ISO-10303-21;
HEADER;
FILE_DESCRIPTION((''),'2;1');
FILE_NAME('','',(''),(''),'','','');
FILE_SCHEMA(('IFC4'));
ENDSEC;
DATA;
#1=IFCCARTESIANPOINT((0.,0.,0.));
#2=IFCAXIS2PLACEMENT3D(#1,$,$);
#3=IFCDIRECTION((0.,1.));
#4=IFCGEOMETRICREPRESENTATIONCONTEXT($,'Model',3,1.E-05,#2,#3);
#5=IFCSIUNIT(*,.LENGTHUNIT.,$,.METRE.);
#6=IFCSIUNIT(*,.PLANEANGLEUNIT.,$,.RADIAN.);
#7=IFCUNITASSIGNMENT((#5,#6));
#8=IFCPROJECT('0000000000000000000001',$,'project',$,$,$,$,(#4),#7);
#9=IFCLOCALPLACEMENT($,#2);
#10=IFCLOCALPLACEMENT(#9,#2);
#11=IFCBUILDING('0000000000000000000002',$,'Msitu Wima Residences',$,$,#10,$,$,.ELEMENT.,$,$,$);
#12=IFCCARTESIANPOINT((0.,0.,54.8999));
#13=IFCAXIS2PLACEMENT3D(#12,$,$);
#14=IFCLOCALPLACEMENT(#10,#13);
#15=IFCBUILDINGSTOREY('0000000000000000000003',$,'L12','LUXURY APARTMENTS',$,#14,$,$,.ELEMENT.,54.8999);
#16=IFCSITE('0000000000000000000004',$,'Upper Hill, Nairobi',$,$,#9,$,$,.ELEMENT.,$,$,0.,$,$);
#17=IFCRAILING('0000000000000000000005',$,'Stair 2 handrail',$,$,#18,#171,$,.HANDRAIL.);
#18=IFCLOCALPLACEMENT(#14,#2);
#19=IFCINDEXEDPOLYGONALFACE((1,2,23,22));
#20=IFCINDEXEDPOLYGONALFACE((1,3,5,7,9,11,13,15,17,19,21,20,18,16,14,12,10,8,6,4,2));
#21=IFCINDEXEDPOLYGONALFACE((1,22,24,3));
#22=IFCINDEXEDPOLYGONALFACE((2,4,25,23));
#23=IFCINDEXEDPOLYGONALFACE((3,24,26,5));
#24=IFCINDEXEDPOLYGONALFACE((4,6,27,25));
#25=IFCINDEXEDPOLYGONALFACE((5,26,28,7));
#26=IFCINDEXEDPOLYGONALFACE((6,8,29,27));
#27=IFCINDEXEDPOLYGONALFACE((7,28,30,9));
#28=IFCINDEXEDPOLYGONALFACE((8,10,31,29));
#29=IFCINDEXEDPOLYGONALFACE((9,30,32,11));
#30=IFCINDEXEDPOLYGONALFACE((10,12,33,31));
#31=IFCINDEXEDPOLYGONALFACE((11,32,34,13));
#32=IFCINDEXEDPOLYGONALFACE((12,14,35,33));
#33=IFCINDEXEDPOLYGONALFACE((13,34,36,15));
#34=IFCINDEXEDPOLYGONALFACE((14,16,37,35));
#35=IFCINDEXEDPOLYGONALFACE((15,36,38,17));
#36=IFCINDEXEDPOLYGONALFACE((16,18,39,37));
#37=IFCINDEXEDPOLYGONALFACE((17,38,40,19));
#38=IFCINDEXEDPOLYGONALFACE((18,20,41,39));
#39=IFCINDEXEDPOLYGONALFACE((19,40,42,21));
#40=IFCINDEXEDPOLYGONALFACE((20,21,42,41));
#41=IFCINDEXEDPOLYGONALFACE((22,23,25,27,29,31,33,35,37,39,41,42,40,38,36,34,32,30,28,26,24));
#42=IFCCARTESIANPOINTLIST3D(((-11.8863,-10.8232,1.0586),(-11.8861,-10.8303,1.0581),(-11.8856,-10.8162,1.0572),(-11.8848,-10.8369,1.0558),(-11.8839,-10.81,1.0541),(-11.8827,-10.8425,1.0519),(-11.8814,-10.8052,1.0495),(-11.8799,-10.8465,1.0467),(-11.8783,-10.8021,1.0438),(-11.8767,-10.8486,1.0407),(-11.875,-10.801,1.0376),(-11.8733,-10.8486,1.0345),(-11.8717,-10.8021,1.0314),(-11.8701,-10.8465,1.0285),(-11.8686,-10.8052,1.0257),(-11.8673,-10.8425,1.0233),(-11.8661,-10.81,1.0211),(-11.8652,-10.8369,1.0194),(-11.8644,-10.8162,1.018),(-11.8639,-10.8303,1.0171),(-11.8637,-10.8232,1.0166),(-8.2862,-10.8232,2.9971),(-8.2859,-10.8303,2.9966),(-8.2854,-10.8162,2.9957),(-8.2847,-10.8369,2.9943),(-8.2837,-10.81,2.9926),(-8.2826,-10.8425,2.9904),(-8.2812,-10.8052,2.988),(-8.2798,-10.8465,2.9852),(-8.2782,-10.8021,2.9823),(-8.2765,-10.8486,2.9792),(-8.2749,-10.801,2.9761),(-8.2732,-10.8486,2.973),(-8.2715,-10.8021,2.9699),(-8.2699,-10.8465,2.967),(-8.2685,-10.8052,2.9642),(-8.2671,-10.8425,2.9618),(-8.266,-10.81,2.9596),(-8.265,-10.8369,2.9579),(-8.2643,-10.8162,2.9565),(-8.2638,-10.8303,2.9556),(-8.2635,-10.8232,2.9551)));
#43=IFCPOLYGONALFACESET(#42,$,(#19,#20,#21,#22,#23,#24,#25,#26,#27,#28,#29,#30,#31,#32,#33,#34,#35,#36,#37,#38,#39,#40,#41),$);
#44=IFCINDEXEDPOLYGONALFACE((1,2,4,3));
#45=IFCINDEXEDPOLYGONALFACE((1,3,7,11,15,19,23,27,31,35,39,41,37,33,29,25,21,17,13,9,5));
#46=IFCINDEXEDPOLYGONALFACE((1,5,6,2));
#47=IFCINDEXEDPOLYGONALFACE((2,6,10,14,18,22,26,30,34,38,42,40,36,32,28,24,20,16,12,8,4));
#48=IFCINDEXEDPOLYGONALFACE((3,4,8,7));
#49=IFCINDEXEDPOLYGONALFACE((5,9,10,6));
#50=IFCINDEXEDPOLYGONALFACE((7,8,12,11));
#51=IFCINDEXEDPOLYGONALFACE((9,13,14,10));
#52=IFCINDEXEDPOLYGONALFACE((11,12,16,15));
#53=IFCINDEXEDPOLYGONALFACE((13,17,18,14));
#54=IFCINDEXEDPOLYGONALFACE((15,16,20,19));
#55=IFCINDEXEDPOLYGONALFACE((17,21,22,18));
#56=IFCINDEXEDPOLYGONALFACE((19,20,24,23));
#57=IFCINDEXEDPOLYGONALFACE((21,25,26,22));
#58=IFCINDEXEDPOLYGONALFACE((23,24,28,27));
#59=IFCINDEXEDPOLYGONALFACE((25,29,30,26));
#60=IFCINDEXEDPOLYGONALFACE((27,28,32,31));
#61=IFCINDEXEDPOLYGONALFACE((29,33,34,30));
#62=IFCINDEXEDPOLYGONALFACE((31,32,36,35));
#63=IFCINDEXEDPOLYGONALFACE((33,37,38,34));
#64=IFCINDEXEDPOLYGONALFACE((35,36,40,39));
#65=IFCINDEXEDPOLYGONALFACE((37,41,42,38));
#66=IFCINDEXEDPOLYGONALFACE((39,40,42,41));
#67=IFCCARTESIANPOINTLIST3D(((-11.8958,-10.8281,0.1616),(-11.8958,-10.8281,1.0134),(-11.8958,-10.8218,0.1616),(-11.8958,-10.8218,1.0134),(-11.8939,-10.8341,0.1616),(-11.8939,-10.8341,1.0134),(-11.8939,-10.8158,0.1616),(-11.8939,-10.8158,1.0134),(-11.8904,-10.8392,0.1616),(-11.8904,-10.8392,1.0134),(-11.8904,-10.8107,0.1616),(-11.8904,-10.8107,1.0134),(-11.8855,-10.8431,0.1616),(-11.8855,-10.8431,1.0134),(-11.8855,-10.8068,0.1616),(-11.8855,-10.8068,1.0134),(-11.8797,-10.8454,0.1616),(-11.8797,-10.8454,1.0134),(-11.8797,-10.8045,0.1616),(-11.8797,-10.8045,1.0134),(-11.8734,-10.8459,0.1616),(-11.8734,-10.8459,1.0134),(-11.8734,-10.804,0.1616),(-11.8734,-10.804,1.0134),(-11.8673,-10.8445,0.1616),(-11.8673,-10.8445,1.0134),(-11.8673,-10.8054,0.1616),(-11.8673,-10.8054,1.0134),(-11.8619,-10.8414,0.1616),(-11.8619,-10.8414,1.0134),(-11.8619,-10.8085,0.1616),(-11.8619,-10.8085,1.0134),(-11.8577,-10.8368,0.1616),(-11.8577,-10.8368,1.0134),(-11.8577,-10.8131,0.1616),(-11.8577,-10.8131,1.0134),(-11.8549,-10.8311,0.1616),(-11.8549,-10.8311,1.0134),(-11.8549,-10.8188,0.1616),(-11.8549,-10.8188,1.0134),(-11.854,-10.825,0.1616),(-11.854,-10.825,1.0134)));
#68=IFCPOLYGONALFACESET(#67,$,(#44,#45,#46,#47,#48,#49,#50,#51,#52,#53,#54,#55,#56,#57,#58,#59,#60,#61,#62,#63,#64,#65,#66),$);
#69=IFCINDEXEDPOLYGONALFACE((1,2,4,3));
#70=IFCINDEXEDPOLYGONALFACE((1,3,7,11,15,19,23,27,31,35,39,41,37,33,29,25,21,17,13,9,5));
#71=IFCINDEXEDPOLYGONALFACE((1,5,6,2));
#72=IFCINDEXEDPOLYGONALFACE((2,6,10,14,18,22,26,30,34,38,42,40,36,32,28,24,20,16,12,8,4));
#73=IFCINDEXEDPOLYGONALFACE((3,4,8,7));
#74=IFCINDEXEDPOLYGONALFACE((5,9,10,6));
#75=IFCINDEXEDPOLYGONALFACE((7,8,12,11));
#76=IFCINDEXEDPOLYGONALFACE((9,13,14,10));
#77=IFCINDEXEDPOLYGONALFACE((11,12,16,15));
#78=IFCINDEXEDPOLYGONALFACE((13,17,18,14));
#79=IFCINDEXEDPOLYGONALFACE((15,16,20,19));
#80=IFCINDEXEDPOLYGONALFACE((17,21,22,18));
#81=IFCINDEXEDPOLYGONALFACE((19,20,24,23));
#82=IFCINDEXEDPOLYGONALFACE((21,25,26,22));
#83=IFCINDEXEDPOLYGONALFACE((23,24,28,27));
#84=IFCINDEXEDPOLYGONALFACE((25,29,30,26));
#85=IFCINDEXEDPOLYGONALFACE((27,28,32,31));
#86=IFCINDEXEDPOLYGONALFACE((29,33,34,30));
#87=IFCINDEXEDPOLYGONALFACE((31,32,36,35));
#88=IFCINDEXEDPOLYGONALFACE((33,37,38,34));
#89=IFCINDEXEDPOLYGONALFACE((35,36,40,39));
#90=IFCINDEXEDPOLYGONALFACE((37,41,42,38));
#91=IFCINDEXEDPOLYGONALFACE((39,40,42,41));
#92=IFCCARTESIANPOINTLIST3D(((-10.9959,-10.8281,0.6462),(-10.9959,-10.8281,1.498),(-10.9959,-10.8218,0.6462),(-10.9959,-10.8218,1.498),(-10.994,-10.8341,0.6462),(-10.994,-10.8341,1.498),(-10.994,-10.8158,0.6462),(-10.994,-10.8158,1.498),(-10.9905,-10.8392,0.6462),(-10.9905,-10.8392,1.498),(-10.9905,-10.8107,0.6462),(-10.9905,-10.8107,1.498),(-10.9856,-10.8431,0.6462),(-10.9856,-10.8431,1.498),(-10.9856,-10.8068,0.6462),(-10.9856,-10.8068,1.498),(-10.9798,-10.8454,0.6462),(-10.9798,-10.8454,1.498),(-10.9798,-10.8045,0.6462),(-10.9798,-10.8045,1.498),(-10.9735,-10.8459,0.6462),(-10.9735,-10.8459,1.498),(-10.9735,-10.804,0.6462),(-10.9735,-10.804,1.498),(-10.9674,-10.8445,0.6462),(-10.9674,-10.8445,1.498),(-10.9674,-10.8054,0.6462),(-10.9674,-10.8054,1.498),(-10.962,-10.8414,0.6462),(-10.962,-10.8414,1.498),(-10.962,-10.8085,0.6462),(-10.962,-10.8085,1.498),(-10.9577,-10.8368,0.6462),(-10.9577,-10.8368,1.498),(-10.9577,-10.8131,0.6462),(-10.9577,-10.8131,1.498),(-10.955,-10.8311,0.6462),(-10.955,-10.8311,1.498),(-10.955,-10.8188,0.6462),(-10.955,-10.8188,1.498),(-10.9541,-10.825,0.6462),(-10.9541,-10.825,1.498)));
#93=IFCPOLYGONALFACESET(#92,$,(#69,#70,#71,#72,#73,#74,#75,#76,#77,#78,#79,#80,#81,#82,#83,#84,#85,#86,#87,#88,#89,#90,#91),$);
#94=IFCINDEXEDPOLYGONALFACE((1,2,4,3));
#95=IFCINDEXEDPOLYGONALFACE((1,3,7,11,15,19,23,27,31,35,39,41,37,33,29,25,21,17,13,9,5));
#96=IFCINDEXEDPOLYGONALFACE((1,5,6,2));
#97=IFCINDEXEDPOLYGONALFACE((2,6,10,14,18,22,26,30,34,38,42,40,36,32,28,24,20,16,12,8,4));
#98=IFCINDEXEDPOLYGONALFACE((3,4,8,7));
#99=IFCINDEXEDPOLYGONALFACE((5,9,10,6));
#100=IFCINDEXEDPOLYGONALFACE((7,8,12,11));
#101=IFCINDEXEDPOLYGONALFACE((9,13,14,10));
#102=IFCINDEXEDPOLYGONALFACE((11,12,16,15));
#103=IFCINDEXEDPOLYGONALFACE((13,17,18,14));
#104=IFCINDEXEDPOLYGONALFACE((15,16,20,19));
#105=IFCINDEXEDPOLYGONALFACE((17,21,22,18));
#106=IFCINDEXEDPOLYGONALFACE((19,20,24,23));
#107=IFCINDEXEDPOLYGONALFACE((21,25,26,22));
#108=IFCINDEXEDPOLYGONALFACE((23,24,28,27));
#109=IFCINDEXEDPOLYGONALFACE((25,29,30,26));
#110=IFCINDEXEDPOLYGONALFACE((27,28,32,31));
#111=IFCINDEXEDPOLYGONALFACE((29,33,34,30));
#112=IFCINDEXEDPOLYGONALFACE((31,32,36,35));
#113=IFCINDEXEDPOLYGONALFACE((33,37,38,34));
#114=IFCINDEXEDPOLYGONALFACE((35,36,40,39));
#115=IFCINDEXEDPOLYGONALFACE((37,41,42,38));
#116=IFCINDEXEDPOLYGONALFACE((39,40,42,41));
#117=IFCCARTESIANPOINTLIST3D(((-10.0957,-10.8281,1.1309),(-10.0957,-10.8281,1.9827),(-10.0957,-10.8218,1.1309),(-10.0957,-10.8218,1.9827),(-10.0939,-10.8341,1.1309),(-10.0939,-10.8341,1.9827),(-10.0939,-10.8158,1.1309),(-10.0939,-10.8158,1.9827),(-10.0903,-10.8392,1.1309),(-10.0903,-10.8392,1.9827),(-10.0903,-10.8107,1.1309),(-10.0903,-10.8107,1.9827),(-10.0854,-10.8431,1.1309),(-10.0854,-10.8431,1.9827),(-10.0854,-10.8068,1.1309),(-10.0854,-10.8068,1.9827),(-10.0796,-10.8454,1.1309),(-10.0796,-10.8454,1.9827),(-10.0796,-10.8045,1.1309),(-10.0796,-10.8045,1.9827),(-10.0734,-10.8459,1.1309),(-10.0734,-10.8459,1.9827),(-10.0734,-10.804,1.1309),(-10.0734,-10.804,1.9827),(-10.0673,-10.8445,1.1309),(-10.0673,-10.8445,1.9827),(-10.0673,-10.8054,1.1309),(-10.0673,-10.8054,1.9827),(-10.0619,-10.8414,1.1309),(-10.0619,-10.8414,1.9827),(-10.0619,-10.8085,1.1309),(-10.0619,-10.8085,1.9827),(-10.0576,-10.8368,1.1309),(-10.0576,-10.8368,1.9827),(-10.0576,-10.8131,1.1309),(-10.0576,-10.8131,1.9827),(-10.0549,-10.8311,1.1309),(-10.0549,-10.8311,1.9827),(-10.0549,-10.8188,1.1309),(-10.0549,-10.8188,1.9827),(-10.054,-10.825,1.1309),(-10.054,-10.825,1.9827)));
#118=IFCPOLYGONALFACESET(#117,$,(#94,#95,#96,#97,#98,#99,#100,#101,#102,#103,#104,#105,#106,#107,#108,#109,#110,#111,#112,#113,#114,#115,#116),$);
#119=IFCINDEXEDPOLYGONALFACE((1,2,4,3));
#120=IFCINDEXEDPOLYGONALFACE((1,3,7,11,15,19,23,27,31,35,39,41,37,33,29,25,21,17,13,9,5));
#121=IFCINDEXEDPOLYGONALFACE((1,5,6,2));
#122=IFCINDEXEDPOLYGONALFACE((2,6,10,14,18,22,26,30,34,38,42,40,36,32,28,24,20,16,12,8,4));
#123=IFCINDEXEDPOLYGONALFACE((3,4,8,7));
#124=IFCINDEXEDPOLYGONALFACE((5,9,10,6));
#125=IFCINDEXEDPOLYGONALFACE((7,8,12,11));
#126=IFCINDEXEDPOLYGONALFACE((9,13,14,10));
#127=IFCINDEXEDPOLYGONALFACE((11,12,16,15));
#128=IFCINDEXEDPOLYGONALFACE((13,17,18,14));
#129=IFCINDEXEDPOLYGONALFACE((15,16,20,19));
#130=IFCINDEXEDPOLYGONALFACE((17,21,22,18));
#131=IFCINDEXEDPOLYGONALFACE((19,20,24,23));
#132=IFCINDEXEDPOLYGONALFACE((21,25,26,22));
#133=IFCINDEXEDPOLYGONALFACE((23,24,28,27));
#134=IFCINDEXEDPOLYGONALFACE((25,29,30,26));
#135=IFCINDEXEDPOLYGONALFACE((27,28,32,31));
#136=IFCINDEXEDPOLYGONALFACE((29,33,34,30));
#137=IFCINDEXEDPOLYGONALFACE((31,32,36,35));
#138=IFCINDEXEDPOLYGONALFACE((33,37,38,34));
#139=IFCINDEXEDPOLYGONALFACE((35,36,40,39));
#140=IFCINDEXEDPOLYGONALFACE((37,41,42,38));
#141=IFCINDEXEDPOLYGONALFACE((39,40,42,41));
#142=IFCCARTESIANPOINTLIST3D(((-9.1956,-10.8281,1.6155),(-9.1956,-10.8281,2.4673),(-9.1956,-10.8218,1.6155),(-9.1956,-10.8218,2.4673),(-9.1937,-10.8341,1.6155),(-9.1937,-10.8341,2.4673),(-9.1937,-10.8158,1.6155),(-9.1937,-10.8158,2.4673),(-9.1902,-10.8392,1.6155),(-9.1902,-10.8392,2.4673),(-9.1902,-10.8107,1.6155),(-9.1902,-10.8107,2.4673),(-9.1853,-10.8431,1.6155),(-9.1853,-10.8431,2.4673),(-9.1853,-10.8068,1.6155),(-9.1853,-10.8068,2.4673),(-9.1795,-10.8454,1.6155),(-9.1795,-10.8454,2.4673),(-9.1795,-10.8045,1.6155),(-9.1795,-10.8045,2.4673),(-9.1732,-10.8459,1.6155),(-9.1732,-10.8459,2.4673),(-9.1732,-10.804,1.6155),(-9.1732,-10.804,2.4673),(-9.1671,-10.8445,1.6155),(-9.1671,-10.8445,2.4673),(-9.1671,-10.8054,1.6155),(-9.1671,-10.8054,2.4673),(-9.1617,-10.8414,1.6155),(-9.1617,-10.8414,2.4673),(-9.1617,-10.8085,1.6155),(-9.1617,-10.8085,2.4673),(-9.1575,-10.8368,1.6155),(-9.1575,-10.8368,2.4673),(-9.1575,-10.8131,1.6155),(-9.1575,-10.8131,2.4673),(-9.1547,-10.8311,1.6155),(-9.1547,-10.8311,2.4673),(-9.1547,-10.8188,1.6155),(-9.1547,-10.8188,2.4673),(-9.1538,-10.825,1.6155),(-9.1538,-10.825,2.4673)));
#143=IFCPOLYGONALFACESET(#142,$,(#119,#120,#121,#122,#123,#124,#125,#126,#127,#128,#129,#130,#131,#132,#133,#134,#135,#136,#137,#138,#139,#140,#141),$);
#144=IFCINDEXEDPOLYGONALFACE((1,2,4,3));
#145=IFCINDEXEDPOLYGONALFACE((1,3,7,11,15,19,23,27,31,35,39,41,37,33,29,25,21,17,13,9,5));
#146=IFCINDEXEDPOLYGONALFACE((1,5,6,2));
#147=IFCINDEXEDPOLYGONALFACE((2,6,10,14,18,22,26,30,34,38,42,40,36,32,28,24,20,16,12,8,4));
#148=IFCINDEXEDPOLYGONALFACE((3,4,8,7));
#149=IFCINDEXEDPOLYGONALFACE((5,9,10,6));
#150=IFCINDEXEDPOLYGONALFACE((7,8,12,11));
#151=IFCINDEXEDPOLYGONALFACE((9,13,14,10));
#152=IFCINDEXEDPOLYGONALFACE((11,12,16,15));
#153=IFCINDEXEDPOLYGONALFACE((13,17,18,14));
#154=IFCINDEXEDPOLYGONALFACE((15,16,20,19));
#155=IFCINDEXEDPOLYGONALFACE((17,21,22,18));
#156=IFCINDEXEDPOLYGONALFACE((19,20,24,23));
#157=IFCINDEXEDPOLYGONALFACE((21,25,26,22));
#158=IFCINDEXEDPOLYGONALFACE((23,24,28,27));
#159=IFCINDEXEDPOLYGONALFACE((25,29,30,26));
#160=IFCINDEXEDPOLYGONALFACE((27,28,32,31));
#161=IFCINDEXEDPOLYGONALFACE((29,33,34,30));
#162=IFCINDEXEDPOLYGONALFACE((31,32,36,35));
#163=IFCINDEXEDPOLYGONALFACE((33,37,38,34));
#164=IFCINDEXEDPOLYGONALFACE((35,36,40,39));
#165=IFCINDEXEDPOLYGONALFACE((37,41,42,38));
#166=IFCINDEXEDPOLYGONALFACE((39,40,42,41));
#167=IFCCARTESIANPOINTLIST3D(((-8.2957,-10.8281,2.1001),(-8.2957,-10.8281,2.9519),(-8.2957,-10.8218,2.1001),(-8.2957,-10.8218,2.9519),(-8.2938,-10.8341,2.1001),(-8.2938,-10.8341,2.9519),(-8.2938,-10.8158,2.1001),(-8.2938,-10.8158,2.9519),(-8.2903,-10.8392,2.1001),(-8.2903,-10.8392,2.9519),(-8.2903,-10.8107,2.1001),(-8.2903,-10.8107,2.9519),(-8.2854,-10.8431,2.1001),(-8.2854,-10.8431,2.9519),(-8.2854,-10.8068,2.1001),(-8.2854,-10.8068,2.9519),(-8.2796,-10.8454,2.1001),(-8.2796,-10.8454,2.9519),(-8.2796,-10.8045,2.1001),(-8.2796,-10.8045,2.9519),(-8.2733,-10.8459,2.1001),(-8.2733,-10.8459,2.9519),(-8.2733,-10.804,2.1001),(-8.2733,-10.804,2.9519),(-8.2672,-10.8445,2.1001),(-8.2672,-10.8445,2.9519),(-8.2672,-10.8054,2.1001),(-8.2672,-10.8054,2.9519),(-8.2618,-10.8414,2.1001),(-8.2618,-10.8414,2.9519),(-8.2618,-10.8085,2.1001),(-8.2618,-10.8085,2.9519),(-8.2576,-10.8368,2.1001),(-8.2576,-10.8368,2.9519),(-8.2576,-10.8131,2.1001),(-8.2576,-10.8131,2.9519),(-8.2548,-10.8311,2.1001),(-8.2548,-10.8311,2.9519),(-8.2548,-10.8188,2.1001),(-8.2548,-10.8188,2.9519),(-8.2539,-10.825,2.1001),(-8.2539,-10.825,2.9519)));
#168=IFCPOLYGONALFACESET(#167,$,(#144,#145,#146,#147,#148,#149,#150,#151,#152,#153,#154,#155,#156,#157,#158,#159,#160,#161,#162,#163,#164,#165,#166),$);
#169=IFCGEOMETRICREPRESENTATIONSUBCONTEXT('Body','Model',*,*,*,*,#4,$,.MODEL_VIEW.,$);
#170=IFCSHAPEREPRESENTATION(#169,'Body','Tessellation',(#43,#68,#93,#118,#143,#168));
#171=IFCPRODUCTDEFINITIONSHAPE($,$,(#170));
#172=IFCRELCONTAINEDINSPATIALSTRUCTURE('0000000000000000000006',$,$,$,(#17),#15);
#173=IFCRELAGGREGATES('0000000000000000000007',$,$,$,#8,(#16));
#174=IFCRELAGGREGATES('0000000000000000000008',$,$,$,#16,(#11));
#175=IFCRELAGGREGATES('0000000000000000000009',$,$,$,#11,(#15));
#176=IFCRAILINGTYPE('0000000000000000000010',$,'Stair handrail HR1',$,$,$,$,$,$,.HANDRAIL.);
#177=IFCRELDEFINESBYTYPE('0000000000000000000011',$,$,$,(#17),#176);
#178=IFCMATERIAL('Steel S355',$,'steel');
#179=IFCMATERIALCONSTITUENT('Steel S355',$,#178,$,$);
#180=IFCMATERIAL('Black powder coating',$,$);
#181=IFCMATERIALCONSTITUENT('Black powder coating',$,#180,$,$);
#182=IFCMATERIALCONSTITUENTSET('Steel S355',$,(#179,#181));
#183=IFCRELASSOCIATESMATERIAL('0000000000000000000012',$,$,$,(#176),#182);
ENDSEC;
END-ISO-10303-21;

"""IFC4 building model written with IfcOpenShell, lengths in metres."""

from ifc_helpers import new_model, si_unit, direction, frame, origin, origin_2d, place, context, subcontext, project, spatial, circle, extrude, material, constituent, constituent_set, type_object, element, save


model = new_model("IFC4")

# Units and contexts
model_context = context("Model", 3, precision=1e-05, world=origin(), true_north=direction((0.0, 1.0)))
body_context = subcontext(model_context, "Body", "Model", "MODEL_VIEW")
ifc_project = project(units=[si_unit("LENGTHUNIT", "METRE"), si_unit("PLANEANGLEUNIT", "RADIAN")], contexts=[model_context])

# Site, building, storey
site_placement = place(None, origin())
site = spatial("IfcSite", under=ifc_project, at=site_placement, Name="Upper Hill, Nairobi", CompositionType="ELEMENT", RefElevation=0.0)
building_placement = place(site_placement, origin())
building = spatial("IfcBuilding", under=site, at=building_placement, Name="Msitu Wima Residences", CompositionType="ELEMENT")
storey_placement = place(building_placement, frame((0.0, 0.0, 54.8999)))
storey = spatial("IfcBuildingStorey", under=building, at=storey_placement, Name="L12", Description="LUXURY APARTMENTS", CompositionType="ELEMENT", Elevation=54.8999)

# Railing
ifc_material_1 = material(Name="Steel S355", Category="steel")
ifc_constituent_1 = constituent(ifc_material_1, Name="Steel S355")
ifc_material_2 = material(Name="Black powder coating")
ifc_constituent_2 = constituent(ifc_material_2, Name="Black powder coating")
ifc_constituent_set = constituent_set(constituents=[ifc_constituent_1, ifc_constituent_2], Name="Steel S355")
railing_type = type_object("IfcRailingType", Name="Stair handrail HR1", PredefinedType="HANDRAIL", material=ifc_constituent_set)
for number, where, name in (
    (1, (-11.875, -10.825, 0.1616), "Stair 2 handrail"),
):
    element("IfcRailing", number, at=place(storey_placement, frame(where)), inside=storey, type_object=railing_type, Name=name, PredefinedType="HANDRAIL", context=body_context, shape_type="SweptSolid", body=[
        extrude(circle(Radius=0.0239, at=origin_2d()), frame((0.0, 0.0, 0.876), z_axis=(0.880475, 0.0, 0.474093), x_axis=(0.0, 1.0, 0.0)), (0.0, 0.0, 1.0), 4.0889),
        extrude(circle(Radius=0.021, at=origin_2d()), origin(), (0.0, 0.0, 1.0), 0.8518),
        extrude(circle(Radius=0.021, at=origin_2d()), frame((0.8999, 0.0, 0.4846)), (0.0, 0.0, 1.0), 0.8518),
        extrude(circle(Radius=0.021, at=origin_2d()), frame((1.8, 0.0, 0.9692)), (0.0, 0.0, 1.0), 0.8518),
        extrude(circle(Radius=0.021, at=origin_2d()), frame((2.7002, 0.0, 1.4539)), (0.0, 0.0, 1.0), 0.8518),
        extrude(circle(Radius=0.021, at=origin_2d()), frame((3.6001, 0.0, 1.9385)), (0.0, 0.0, 1.0), 0.8518),
    ])

save(model, "model.ifc")
